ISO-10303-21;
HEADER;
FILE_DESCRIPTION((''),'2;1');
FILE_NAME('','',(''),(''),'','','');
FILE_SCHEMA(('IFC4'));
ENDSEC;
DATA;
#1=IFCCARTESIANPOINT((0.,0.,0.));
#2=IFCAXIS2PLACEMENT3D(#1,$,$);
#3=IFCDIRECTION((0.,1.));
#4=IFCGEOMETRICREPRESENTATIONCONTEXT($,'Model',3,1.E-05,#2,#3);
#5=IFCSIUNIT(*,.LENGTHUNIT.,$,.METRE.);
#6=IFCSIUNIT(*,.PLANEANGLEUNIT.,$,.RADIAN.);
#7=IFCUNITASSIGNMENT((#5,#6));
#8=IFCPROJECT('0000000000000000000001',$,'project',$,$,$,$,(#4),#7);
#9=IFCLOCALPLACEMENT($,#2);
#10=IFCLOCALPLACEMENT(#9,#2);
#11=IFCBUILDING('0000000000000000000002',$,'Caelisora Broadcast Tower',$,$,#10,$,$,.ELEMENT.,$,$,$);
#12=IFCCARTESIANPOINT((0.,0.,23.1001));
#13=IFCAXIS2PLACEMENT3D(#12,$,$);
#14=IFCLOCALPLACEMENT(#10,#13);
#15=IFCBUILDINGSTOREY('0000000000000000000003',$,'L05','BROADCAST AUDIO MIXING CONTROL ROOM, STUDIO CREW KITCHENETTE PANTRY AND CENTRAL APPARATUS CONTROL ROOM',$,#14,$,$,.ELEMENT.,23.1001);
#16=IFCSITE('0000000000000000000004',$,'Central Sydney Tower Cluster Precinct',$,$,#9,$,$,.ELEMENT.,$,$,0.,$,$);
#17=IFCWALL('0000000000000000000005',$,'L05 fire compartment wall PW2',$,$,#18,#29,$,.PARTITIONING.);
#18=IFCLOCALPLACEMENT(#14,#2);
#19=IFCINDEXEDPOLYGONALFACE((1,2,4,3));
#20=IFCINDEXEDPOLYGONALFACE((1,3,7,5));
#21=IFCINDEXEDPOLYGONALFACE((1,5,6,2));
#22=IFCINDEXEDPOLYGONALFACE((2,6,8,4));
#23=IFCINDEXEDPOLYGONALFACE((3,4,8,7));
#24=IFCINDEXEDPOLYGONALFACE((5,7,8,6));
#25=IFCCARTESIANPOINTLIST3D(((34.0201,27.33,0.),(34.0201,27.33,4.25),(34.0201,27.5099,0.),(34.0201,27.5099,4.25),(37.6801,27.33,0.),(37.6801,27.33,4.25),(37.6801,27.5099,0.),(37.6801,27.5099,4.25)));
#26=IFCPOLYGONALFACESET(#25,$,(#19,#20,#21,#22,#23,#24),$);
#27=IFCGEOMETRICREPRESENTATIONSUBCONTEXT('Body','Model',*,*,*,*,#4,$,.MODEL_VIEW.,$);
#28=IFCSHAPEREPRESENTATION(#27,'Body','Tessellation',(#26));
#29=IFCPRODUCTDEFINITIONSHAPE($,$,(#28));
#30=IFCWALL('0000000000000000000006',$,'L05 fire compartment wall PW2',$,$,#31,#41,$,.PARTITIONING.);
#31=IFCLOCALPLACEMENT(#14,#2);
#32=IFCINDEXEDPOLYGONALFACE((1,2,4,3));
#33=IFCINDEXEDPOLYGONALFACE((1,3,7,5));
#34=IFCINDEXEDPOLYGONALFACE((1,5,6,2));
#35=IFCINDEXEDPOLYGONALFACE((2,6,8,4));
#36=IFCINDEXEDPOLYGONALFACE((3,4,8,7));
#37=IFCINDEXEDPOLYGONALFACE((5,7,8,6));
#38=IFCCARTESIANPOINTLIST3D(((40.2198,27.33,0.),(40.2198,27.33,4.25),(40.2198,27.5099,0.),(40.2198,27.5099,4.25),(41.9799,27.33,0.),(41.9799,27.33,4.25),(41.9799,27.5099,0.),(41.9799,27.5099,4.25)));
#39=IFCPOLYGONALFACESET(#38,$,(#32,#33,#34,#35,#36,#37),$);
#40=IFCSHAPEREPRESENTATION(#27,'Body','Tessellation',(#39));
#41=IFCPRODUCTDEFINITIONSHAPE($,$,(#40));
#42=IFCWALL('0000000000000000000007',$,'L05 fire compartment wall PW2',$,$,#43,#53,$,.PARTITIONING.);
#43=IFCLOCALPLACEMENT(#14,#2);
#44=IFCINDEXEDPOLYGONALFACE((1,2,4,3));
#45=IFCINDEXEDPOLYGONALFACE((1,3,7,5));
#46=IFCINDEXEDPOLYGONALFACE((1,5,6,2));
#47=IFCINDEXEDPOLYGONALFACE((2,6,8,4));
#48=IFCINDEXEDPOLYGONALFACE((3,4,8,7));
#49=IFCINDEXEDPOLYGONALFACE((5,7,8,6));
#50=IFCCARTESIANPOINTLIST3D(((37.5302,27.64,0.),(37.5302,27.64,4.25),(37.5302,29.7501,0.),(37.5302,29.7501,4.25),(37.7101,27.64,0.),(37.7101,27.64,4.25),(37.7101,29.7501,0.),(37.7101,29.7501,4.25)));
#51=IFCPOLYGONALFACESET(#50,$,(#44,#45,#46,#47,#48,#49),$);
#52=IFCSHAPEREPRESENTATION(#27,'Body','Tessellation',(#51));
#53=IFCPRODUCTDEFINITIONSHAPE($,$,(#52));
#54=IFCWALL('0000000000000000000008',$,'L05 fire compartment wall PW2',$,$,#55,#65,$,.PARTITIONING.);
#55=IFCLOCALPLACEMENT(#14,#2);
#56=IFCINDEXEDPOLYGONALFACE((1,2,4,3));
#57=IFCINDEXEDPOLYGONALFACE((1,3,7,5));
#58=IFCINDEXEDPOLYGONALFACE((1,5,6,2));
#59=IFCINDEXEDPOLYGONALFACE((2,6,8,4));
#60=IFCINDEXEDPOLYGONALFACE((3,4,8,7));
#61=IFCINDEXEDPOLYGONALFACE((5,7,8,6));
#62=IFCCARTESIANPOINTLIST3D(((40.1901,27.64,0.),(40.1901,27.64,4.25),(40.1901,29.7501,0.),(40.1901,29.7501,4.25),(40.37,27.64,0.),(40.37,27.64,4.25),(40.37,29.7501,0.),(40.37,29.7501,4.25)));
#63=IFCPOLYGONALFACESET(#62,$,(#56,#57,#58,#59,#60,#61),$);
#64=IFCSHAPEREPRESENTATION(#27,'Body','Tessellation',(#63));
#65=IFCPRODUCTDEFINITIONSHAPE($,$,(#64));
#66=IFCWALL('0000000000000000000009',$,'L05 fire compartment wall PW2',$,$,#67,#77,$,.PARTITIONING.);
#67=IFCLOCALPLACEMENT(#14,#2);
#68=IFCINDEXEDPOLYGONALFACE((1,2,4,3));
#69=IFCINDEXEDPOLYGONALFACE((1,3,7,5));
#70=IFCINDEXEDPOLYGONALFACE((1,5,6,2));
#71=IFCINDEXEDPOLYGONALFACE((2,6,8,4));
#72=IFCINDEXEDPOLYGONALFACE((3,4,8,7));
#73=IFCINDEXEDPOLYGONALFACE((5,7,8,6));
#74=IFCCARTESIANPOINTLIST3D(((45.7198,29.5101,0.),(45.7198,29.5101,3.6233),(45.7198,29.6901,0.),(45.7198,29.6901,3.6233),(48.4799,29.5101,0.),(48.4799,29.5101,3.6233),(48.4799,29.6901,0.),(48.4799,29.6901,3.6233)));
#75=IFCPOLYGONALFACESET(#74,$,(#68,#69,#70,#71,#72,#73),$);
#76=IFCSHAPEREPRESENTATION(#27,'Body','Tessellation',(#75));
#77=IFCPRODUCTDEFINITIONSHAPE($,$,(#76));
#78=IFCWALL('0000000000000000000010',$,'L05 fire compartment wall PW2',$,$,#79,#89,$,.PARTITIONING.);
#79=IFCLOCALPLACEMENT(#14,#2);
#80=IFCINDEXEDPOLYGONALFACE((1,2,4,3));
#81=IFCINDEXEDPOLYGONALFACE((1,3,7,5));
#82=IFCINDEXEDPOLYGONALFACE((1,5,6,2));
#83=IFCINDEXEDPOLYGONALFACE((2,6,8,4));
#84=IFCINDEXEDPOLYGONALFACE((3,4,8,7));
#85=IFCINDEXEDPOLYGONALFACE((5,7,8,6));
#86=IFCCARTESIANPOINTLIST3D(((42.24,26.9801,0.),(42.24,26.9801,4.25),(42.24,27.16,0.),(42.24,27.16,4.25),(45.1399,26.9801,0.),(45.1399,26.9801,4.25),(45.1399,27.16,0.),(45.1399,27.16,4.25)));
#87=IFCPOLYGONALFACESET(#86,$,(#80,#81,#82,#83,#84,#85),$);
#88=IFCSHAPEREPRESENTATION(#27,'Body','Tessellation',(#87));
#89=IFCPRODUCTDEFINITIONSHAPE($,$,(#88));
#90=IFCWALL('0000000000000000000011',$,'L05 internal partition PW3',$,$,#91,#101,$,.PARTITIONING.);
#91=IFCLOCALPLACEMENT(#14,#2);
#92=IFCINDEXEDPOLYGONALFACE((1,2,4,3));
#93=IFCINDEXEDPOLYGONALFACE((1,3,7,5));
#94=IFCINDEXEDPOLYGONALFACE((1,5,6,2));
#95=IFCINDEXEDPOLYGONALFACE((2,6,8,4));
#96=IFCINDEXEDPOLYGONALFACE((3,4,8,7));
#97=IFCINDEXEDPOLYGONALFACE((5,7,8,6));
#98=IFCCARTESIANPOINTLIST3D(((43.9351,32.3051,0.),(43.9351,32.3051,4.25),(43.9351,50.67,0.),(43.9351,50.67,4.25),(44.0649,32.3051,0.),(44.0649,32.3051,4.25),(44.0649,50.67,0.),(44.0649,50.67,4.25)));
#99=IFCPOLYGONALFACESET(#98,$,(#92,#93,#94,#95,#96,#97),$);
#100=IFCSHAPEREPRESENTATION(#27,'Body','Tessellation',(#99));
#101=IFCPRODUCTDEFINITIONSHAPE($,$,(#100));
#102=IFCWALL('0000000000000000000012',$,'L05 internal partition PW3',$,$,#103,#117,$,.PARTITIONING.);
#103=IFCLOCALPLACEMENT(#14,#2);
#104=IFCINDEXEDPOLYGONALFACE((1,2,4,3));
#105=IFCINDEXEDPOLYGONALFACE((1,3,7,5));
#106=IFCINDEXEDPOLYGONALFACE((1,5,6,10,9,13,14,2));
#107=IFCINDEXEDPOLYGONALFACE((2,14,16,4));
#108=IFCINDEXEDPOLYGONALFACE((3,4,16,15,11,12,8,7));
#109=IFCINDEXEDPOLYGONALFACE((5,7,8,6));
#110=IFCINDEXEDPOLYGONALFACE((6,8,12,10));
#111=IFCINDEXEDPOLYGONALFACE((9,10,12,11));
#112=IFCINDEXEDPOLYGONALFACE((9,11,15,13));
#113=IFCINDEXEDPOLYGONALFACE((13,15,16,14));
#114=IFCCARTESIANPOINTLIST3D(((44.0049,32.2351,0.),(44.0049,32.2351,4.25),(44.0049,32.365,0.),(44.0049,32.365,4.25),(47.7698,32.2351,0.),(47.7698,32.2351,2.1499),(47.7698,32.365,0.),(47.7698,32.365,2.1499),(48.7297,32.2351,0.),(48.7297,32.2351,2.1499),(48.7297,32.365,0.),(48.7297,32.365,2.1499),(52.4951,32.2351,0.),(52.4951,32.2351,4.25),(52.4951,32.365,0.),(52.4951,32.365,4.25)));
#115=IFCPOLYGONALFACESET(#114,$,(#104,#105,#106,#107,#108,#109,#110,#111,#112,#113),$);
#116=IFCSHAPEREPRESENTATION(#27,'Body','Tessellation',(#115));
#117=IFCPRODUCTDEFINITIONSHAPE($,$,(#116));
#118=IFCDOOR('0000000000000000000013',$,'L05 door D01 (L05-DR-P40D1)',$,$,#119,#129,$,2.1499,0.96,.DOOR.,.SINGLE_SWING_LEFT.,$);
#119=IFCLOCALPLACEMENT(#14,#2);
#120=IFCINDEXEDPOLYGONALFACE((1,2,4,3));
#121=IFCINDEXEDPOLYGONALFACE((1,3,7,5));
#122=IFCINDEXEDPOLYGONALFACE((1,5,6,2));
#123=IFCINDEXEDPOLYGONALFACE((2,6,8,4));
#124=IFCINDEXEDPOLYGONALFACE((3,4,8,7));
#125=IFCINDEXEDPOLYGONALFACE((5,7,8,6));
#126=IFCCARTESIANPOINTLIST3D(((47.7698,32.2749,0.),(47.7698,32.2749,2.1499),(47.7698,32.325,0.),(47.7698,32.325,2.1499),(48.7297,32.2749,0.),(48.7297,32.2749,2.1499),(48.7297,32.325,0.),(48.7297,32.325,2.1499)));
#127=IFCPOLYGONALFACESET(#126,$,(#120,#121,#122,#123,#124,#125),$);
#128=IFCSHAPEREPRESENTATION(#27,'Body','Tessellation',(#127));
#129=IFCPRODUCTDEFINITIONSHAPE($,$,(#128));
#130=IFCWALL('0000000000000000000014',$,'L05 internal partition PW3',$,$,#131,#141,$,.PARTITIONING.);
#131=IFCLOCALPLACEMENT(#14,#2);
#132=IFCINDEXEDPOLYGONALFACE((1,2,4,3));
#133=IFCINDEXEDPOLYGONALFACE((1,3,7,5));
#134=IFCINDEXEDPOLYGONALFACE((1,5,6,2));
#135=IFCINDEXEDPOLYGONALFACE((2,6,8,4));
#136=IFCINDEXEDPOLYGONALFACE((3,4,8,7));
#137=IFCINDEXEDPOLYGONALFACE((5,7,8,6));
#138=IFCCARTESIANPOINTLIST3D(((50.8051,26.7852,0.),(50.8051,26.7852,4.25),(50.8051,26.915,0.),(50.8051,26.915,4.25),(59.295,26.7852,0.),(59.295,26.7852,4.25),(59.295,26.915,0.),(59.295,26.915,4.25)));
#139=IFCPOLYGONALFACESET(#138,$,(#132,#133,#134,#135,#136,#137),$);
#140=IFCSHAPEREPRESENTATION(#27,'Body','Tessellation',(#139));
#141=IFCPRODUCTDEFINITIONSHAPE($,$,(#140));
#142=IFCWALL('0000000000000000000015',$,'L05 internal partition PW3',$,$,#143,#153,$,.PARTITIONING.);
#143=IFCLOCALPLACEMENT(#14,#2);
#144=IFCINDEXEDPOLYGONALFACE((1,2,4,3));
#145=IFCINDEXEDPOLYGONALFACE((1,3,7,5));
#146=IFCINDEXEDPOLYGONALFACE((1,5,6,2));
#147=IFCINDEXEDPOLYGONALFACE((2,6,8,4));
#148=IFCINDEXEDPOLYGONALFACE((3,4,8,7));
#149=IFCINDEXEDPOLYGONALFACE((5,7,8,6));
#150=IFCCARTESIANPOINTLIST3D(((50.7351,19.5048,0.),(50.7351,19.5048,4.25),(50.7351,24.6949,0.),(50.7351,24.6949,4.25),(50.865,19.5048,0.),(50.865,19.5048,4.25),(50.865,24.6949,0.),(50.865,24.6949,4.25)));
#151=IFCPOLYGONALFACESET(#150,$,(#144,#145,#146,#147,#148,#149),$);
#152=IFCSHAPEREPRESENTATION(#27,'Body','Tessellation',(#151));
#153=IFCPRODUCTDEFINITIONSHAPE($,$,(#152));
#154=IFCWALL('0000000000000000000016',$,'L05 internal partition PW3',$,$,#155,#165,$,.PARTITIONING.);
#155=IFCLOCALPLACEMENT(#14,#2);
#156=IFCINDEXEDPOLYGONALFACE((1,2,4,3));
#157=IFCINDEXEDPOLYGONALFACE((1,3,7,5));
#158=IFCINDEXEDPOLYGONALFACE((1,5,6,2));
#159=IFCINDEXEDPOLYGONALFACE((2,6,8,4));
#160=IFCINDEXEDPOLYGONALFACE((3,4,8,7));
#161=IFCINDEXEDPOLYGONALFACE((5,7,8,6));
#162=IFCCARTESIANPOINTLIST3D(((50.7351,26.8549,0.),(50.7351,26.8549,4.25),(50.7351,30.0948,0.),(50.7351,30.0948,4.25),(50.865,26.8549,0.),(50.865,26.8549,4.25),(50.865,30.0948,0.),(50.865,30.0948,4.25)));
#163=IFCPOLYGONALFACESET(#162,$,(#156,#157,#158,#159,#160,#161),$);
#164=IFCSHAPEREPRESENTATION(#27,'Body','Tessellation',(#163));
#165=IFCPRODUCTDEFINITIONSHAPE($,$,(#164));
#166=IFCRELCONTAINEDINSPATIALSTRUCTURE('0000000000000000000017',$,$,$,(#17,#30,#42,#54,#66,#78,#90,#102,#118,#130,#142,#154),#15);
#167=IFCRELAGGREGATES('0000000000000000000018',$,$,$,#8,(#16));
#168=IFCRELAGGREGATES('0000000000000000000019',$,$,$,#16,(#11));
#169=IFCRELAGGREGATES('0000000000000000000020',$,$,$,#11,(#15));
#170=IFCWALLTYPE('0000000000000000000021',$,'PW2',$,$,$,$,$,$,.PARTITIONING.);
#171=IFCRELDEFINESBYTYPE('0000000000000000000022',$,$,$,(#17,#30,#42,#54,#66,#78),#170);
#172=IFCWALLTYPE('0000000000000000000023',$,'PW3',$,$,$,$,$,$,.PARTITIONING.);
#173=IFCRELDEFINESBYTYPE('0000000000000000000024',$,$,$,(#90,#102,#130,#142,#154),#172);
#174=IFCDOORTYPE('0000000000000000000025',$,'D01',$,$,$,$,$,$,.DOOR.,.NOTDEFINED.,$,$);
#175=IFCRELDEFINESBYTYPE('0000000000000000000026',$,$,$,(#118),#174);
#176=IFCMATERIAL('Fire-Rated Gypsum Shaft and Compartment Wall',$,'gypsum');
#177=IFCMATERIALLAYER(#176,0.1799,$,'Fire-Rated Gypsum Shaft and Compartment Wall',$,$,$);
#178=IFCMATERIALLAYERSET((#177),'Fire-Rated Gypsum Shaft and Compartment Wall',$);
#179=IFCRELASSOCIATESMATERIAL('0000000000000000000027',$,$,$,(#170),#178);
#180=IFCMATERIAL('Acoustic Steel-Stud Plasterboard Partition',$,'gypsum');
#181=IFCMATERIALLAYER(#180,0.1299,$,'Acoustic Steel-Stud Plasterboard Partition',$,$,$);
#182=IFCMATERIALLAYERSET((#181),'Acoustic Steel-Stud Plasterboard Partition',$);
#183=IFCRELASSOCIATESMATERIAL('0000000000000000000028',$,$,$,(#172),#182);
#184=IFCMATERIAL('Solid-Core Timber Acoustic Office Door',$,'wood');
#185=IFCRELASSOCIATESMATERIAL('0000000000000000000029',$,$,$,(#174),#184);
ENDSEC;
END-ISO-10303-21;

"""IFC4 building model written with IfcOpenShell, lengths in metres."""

from ifc_helpers import new_model, si_unit, direction, frame, frame_2d, origin, place, context, subcontext, project, spatial, rectangle, extrude, material, layer, layer_set, type_object, element, fill, save


model = new_model("IFC4")

# Units and contexts
model_context = context("Model", 3, precision=1e-05, world=origin(), true_north=direction((0.0, 1.0)))
body_context = subcontext(model_context, "Body", "Model", "MODEL_VIEW")
ifc_project = project(units=[si_unit("LENGTHUNIT", "METRE"), si_unit("PLANEANGLEUNIT", "RADIAN")], contexts=[model_context])

# Site, building, storey
site_placement = place(None, origin())
site = spatial("IfcSite", under=ifc_project, at=site_placement, Name="Central Sydney Tower Cluster Precinct", CompositionType="ELEMENT", RefElevation=0.0)
building_placement = place(site_placement, origin())
building = spatial("IfcBuilding", under=site, at=building_placement, Name="Caelisora Broadcast Tower", CompositionType="ELEMENT")
storey_placement = place(building_placement, frame((0.0, 0.0, 23.1001)))
storey = spatial("IfcBuildingStorey", under=building, at=storey_placement, Name="L05", Description="BROADCAST AUDIO MIXING CONTROL ROOM, STUDIO CREW KITCHENETTE PANTRY AND CENTRAL APPARATUS CONTROL ROOM", CompositionType="ELEMENT", Elevation=23.1001)

# Walls
ifc_material_1 = material(Name="Fire-Rated Gypsum Shaft and Compartment Wall", Category="gypsum")
ifc_layer_1 = layer(ifc_material_1, 0.1799, Name="Fire-Rated Gypsum Shaft and Compartment Wall")
ifc_layer_set_1 = layer_set([ifc_layer_1], Name="Fire-Rated Gypsum Shaft and Compartment Wall")
wall_type_1 = type_object("IfcWallType", Name="PW2", PredefinedType="PARTITIONING", material=ifc_layer_set_1)
wall_1_placement = place(storey_placement, frame((34.02, 27.4199, 0.0), z_axis=(0.0, 0.0, 1.0), x_axis=(1.0, 0.0, 0.0)))
element("IfcWall", 1, at=wall_1_placement, inside=storey, type_object=wall_type_1, Name="L05 fire compartment wall PW2", PredefinedType="PARTITIONING", context=body_context, shape_type="SweptSolid", body=[
    extrude(rectangle(XDim=3.6599, YDim=0.1799, at=frame_2d((1.8301, 0.0))), origin(), (0.0, 0.0, 1.0), 4.25),
])
wall_2_placement = place(storey_placement, frame((40.22, 27.4199, 0.0), z_axis=(0.0, 0.0, 1.0), x_axis=(1.0, 0.0, 0.0)))
element("IfcWall", 2, at=wall_2_placement, inside=storey, type_object=wall_type_1, Name="L05 fire compartment wall PW2", PredefinedType="PARTITIONING", context=body_context, shape_type="SweptSolid", body=[
    extrude(rectangle(XDim=1.76, YDim=0.1799, at=frame_2d((0.8799, 0.0))), origin(), (0.0, 0.0, 1.0), 4.25),
])
for number, where, z_axis, x_axis, name in (
    (3, (37.6201, 27.6399, 0.0), (0.0, 0.0, 1.0), (0.0, 1.0, 0.0), "L05 fire compartment wall PW2"),
    (4, (40.28, 27.6399, 0.0), (0.0, 0.0, 1.0), (0.0, 1.0, 0.0), "L05 fire compartment wall PW2"),
):
    element("IfcWall", number, at=place(storey_placement, frame(where, z_axis=z_axis, x_axis=x_axis)), inside=storey, type_object=wall_type_1, Name=name, PredefinedType="PARTITIONING", context=body_context, shape_type="SweptSolid", body=[
        extrude(rectangle(XDim=2.1101, YDim=0.1799, at=frame_2d((1.0552, 0.0))), origin(), (0.0, 0.0, 1.0), 4.25),
    ])
wall_3_placement = place(storey_placement, frame((45.72, 29.6001, 0.0), z_axis=(0.0, 0.0, 1.0), x_axis=(1.0, 0.0, 0.0)))
element("IfcWall", 5, at=wall_3_placement, inside=storey, type_object=wall_type_1, Name="L05 fire compartment wall PW2", PredefinedType="PARTITIONING", context=body_context, shape_type="SweptSolid", body=[
    extrude(rectangle(XDim=2.76, YDim=0.1799, at=frame_2d((1.3799, 0.0))), origin(), (0.0, 0.0, 1.0), 3.6233),
])
wall_4_placement = place(storey_placement, frame((42.24, 27.0701, 0.0), z_axis=(0.0, 0.0, 1.0), x_axis=(1.0, 0.0, 0.0)))
element("IfcWall", 6, at=wall_4_placement, inside=storey, type_object=wall_type_1, Name="L05 fire compartment wall PW2", PredefinedType="PARTITIONING", context=body_context, shape_type="SweptSolid", body=[
    extrude(rectangle(XDim=2.8999, YDim=0.1799, at=frame_2d((1.45, 0.0))), origin(), (0.0, 0.0, 1.0), 4.25),
])
ifc_material_2 = material(Name="Acoustic Steel-Stud Plasterboard Partition", Category="gypsum")
ifc_layer_2 = layer(ifc_material_2, 0.1299, Name="Acoustic Steel-Stud Plasterboard Partition")
ifc_layer_set_2 = layer_set([ifc_layer_2], Name="Acoustic Steel-Stud Plasterboard Partition")
wall_type_2 = type_object("IfcWallType", Name="PW3", PredefinedType="PARTITIONING", material=ifc_layer_set_2)
wall_5_placement = place(storey_placement, frame((44.0, 32.3049, 0.0), z_axis=(0.0, 0.0, 1.0), x_axis=(0.0, 1.0, 0.0)))
element("IfcWall", 7, at=wall_5_placement, inside=storey, type_object=wall_type_2, Name="L05 internal partition PW3", PredefinedType="PARTITIONING", context=body_context, shape_type="SweptSolid", body=[
    extrude(rectangle(XDim=18.365, YDim=0.1299, at=frame_2d((9.1826, 0.0))), origin(), (0.0, 0.0, 1.0), 4.25),
])

# Wall, opening, door
wall_6_placement = place(storey_placement, frame((44.0049, 32.3, 0.0), z_axis=(0.0, 0.0, 1.0), x_axis=(1.0, 0.0, 0.0)))
wall_6 = element("IfcWall", 8, at=wall_6_placement, inside=storey, type_object=wall_type_2, Name="L05 internal partition PW3", PredefinedType="PARTITIONING", context=body_context, shape_type="SweptSolid", body=[
    extrude(rectangle(XDim=8.4902, YDim=0.1299, at=frame_2d((4.2451, 0.0))), origin(), (0.0, 0.0, 1.0), 4.25),
])
opening_placement = place(wall_6_placement, frame((3.7649, 0.0, 0.0)))
opening = element("IfcOpeningElement", 9, at=opening_placement, cuts=wall_6, PredefinedType="OPENING", context=body_context, shape_type="SweptSolid", body=[
    extrude(rectangle(XDim=0.96, YDim=2.1499, at=frame_2d((0.48, 1.075))), frame((0.0, 0.0769, 0.0), z_axis=(0.0, -1.0, 0.0), x_axis=(1.0, 0.0, 0.0)), (0.0, 0.0, 1.0), 0.1538),
])
ifc_material_3 = material(Name="Solid-Core Timber Acoustic Office Door", Category="wood")
door_type = type_object("IfcDoorType", Name="D01", OperationType="NOTDEFINED", PredefinedType="DOOR", material=ifc_material_3)
door_placement = place(opening_placement, origin())
door = element("IfcDoor", 10, at=door_placement, inside=storey, type_object=door_type, Name="L05 door D01 (L05-DR-P40D1)", OperationType="SINGLE_SWING_LEFT", OverallHeight=2.1499, OverallWidth=0.96, PredefinedType="DOOR", context=body_context, shape_type="SweptSolid", body=[
    extrude(rectangle(XDim=0.96, YDim=2.1499, at=frame_2d((0.48, 1.075))), frame((0.0, 0.0249, 0.0), z_axis=(0.0, -1.0, 0.0), x_axis=(1.0, 0.0, 0.0)), (0.0, 0.0, 1.0), 0.05),
])
fill(opening, door)

# Walls
wall_7_placement = place(storey_placement, frame((50.8049, 26.8501, 0.0), z_axis=(0.0, 0.0, 1.0), x_axis=(1.0, 0.0, 0.0)))
element("IfcWall", 11, at=wall_7_placement, inside=storey, type_object=wall_type_2, Name="L05 internal partition PW3", PredefinedType="PARTITIONING", context=body_context, shape_type="SweptSolid", body=[
    extrude(rectangle(XDim=8.49, YDim=0.1299, at=frame_2d((4.2451, 0.0))), origin(), (0.0, 0.0, 1.0), 4.25),
])
wall_8_placement = place(storey_placement, frame((50.8, 24.6951, 0.0), z_axis=(0.0, 0.0, 1.0), x_axis=(0.0, -1.0, 0.0)))
element("IfcWall", 12, at=wall_8_placement, inside=storey, type_object=wall_type_2, Name="L05 internal partition PW3", PredefinedType="PARTITIONING", context=body_context, shape_type="SweptSolid", body=[
    extrude(rectangle(XDim=5.1902, YDim=0.1299, at=frame_2d((2.5952, 0.0))), origin(), (0.0, 0.0, 1.0), 4.25),
])
wall_9_placement = place(storey_placement, frame((50.8, 30.095, 0.0), z_axis=(0.0, 0.0, 1.0), x_axis=(0.0, -1.0, 0.0)))
element("IfcWall", 13, at=wall_9_placement, inside=storey, type_object=wall_type_2, Name="L05 internal partition PW3", PredefinedType="PARTITIONING", context=body_context, shape_type="SweptSolid", body=[
    extrude(rectangle(XDim=3.24, YDim=0.1299, at=frame_2d((1.6201, 0.0))), origin(), (0.0, 0.0, 1.0), 4.25),
])

save(model, "model.ifc")
